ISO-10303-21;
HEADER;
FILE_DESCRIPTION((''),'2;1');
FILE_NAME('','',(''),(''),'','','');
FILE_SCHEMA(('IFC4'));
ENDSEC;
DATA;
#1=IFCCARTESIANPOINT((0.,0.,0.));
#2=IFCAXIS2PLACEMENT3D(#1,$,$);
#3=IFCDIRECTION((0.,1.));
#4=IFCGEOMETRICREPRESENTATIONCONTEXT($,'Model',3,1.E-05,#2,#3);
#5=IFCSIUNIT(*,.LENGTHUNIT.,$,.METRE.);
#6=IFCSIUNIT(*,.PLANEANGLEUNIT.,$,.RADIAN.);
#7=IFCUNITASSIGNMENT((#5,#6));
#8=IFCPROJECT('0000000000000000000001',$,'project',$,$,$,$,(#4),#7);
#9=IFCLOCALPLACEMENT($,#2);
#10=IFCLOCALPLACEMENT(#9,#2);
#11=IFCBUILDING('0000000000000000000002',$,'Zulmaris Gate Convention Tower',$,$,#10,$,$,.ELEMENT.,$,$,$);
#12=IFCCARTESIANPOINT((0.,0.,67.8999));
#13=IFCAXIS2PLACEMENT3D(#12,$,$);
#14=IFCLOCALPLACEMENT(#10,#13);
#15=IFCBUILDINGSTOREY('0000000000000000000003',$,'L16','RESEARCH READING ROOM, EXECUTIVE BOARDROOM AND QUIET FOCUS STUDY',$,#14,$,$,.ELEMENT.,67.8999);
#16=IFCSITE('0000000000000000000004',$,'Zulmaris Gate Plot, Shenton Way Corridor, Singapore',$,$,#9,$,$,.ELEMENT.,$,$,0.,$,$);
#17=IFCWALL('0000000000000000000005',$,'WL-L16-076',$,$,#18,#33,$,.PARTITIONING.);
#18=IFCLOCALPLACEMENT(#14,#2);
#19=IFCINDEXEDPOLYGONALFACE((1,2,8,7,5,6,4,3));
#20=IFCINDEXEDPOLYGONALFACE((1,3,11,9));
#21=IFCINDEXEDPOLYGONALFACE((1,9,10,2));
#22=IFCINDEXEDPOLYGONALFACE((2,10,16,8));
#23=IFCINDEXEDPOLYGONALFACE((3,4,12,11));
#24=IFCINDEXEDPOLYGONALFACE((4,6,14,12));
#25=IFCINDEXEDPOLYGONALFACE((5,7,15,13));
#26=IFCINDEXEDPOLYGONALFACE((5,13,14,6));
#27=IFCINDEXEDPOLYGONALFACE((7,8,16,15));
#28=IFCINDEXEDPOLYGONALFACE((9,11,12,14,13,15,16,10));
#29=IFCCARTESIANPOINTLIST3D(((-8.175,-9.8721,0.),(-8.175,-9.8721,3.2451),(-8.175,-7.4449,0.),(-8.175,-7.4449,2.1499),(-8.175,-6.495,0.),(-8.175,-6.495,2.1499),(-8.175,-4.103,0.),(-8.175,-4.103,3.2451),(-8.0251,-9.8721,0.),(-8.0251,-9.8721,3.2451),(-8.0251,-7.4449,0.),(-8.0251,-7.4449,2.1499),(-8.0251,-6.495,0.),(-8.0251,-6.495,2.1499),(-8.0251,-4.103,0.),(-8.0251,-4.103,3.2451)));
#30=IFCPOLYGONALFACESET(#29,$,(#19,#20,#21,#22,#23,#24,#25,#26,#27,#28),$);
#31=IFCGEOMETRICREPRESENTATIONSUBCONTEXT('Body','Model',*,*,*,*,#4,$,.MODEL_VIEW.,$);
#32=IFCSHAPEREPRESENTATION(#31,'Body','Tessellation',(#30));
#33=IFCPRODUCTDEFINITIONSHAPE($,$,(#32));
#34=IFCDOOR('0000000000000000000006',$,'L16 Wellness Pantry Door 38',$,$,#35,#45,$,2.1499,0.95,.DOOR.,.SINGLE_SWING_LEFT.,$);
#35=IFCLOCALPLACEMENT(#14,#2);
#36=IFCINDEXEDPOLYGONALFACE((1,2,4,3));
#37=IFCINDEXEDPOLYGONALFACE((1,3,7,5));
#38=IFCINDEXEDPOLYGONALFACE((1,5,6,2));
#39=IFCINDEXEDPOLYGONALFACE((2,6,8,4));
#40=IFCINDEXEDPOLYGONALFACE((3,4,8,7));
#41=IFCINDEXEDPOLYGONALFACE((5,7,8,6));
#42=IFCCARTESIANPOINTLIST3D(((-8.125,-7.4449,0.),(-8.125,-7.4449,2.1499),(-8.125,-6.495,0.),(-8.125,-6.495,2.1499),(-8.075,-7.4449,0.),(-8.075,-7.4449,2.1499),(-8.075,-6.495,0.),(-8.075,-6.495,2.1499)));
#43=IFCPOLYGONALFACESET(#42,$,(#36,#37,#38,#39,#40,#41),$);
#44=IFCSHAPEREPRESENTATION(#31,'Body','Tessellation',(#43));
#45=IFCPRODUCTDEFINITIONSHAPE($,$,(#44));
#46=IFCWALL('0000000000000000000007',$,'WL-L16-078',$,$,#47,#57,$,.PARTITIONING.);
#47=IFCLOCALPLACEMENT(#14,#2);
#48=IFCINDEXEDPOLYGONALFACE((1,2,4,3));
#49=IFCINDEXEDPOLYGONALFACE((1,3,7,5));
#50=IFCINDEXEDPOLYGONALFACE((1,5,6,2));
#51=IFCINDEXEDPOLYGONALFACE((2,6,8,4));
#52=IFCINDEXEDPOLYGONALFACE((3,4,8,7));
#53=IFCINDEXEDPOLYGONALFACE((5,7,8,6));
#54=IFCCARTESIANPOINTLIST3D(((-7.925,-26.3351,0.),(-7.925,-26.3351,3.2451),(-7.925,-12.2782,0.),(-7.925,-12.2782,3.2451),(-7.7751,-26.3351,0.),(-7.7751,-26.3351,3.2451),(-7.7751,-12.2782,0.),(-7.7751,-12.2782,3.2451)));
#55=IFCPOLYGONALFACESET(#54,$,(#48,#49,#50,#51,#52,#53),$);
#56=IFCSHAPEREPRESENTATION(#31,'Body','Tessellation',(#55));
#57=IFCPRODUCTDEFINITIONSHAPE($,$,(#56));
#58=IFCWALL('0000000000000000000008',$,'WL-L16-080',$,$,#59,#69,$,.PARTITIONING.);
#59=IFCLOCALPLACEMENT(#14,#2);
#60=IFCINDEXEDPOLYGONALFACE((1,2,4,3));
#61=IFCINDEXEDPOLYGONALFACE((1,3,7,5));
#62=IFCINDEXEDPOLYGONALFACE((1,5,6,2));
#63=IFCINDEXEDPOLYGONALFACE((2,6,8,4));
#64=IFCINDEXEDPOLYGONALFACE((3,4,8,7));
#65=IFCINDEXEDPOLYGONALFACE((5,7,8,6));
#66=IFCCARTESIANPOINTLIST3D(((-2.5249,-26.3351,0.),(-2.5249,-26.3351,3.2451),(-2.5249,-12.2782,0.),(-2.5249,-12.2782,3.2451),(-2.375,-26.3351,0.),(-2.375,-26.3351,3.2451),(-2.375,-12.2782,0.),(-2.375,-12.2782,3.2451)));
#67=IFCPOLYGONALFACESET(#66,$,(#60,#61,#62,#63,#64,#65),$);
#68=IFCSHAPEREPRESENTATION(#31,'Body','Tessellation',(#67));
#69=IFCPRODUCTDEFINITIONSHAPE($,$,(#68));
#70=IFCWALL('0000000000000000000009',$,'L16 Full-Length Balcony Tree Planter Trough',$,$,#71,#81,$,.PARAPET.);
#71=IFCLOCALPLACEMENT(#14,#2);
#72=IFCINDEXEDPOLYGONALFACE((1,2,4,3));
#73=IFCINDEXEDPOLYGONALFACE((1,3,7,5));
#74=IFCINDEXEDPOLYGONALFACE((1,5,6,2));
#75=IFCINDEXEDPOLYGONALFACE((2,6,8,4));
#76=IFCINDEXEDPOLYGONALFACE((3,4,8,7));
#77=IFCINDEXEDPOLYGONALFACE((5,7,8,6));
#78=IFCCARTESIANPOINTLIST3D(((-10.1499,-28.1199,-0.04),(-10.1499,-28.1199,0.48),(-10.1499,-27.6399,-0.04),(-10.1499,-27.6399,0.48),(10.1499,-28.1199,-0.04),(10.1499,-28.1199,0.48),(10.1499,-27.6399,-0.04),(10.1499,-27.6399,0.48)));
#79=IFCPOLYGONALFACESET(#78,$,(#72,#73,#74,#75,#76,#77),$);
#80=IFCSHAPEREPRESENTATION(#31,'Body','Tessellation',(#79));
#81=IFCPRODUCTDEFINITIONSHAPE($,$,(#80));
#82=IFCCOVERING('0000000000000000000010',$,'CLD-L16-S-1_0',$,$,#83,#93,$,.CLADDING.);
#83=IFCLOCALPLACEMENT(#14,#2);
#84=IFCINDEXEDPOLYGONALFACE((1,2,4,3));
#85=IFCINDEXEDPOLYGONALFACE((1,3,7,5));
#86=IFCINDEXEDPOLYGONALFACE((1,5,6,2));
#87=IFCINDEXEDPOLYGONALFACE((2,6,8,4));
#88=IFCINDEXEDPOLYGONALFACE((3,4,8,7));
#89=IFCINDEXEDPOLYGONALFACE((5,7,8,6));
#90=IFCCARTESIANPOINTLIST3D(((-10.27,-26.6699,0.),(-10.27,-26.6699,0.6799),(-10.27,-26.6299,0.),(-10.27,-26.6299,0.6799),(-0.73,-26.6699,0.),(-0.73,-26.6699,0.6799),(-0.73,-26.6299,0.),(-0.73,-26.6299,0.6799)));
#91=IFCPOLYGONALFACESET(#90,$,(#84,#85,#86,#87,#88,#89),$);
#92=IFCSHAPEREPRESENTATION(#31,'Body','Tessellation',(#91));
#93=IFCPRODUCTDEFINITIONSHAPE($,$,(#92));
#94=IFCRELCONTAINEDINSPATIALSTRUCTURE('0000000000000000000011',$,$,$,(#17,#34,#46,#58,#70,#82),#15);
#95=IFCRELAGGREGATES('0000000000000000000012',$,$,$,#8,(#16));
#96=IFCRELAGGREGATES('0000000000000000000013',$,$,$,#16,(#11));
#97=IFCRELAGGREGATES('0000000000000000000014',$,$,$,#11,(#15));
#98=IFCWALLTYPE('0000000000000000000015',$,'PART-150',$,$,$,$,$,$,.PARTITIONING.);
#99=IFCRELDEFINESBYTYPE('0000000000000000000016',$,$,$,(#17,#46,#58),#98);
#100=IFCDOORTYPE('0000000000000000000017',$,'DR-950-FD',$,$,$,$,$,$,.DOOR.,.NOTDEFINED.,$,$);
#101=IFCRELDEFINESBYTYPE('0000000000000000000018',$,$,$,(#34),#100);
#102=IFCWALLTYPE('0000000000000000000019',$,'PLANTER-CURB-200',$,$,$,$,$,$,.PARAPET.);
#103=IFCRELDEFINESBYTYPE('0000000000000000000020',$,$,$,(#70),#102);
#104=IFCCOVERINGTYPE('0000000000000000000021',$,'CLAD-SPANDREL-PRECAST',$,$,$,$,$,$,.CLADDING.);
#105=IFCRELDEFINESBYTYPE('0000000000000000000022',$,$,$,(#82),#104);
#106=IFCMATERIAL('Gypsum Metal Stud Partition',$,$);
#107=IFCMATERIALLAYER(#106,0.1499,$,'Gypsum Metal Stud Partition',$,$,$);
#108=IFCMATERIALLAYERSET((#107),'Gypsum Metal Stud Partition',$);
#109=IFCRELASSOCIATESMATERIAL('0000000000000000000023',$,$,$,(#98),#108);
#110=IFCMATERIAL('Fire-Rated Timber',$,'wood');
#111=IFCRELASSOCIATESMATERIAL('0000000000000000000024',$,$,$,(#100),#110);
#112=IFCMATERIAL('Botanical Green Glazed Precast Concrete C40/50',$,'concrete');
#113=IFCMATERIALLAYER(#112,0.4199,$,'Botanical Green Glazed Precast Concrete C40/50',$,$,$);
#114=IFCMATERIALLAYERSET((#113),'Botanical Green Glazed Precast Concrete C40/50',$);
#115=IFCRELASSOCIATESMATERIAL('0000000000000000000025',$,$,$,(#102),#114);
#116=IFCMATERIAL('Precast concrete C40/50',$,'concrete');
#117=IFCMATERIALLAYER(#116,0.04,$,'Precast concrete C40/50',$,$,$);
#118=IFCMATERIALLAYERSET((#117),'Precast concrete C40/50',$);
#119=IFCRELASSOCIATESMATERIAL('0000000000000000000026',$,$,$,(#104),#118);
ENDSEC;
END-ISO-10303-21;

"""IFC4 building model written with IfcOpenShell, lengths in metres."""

from ifc_helpers import new_model, si_unit, direction, frame, frame_2d, origin, place, context, subcontext, project, spatial, rectangle, extrude, material, layer, layer_set, type_object, element, fill, save


model = new_model("IFC4")

# Units and contexts
model_context = context("Model", 3, precision=1e-05, world=origin(), true_north=direction((0.0, 1.0)))
body_context = subcontext(model_context, "Body", "Model", "MODEL_VIEW")
ifc_project = project(units=[si_unit("LENGTHUNIT", "METRE"), si_unit("PLANEANGLEUNIT", "RADIAN")], contexts=[model_context])

# Site, building, storey
site_placement = place(None, origin())
site = spatial("IfcSite", under=ifc_project, at=site_placement, Name="Zulmaris Gate Plot, Shenton Way Corridor, Singapore", CompositionType="ELEMENT", RefElevation=0.0)
building_placement = place(site_placement, origin())
building = spatial("IfcBuilding", under=site, at=building_placement, Name="Zulmaris Gate Convention Tower", CompositionType="ELEMENT")
storey_placement = place(building_placement, frame((0.0, 0.0, 67.8999)))
storey = spatial("IfcBuildingStorey", under=building, at=storey_placement, Name="L16", Description="RESEARCH READING ROOM, EXECUTIVE BOARDROOM AND QUIET FOCUS STUDY", CompositionType="ELEMENT", Elevation=67.8999)

# Shared definitions
ifc_material_1 = material(Name="Gypsum Metal Stud Partition")
ifc_layer_1 = layer(ifc_material_1, 0.1499, Name="Gypsum Metal Stud Partition")
ifc_layer_set_1 = layer_set([ifc_layer_1], Name="Gypsum Metal Stud Partition")
wall_type_1 = type_object("IfcWallType", Name="PART-150", PredefinedType="PARTITIONING", material=ifc_layer_set_1)
ifc_material_2 = material(Name="Fire-Rated Timber", Category="wood")
door_type_1 = type_object("IfcDoorType", Name="DR-950-FD", OperationType="NOTDEFINED", PredefinedType="DOOR", material=ifc_material_2)

# Wall, opening, door
wall_1_placement = place(storey_placement, frame((-8.1001, -9.8721, 0.0), z_axis=(0.0, 0.0, 1.0), x_axis=(0.0, 1.0, 0.0)))
wall_1 = element("IfcWall", 1, at=wall_1_placement, inside=storey, type_object=wall_type_1, Name="WL-L16-076", PredefinedType="PARTITIONING", context=body_context, shape_type="SweptSolid", body=[
    extrude(rectangle(XDim=5.769, YDim=0.1499, at=frame_2d((2.8845, 0.0))), origin(), (0.0, 0.0, 1.0), 3.2451),
])
opening_1_placement = place(wall_1_placement, frame((2.427, 0.0, 0.0)))
opening_1 = element("IfcOpeningElement", 2, at=opening_1_placement, cuts=wall_1, PredefinedType="OPENING", context=body_context, shape_type="SweptSolid", body=[
    extrude(rectangle(XDim=0.95, YDim=2.1499, at=frame_2d((0.4751, 1.075))), frame((0.0, 0.085, 0.0), z_axis=(0.0, -1.0, 0.0), x_axis=(1.0, 0.0, 0.0)), (0.0, 0.0, 1.0), 0.1699),
])
door_1_placement = place(opening_1_placement, origin())
door_1 = element("IfcDoor", 3, at=door_1_placement, inside=storey, type_object=door_type_1, Name="L16 Wellness Pantry Door 38", OperationType="SINGLE_SWING_LEFT", OverallHeight=2.1499, OverallWidth=0.95, PredefinedType="DOOR", context=body_context, shape_type="SweptSolid", body=[
    extrude(rectangle(XDim=0.95, YDim=2.1499, at=frame_2d((0.4751, 1.075))), frame((0.0, 0.0249, 0.0), z_axis=(0.0, -1.0, 0.0), x_axis=(1.0, 0.0, 0.0)), (0.0, 0.0, 1.0), 0.05),
])
fill(opening_1, door_1)

# Walls
for number, where, z_axis, x_axis, name in (
    (4, (-7.8501, -26.335, 0.0), (0.0, 0.0, 1.0), (0.0, 1.0, 0.0), "WL-L16-078"),
    (5, (-2.45, -26.335, 0.0), (0.0, 0.0, 1.0), (0.0, 1.0, 0.0), "WL-L16-080"),
):
    element("IfcWall", number, at=place(storey_placement, frame(where, z_axis=z_axis, x_axis=x_axis)), inside=storey, type_object=wall_type_1, Name=name, PredefinedType="PARTITIONING", context=body_context, shape_type="SweptSolid", body=[
        extrude(rectangle(XDim=14.0569, YDim=0.1499, at=frame_2d((7.0283, 0.0))), origin(), (0.0, 0.0, 1.0), 3.2451),
    ])
ifc_material_3 = material(Name="Botanical Green Glazed Precast Concrete C40/50", Category="concrete")
ifc_layer_2 = layer(ifc_material_3, 0.4199, Name="Botanical Green Glazed Precast Concrete C40/50")
ifc_layer_set_2 = layer_set([ifc_layer_2], Name="Botanical Green Glazed Precast Concrete C40/50")
wall_type_2 = type_object("IfcWallType", Name="PLANTER-CURB-200", PredefinedType="PARAPET", material=ifc_layer_set_2)
wall_2_placement = place(storey_placement, frame((-10.1499, -27.8799, -0.04), z_axis=(0.0, 0.0, 1.0), x_axis=(1.0, 0.0, 0.0)))
element("IfcWall", 6, at=wall_2_placement, inside=storey, type_object=wall_type_2, Name="L16 Full-Length Balcony Tree Planter Trough", PredefinedType="PARAPET", context=body_context, shape_type="SweptSolid", body=[
    extrude(rectangle(XDim=20.2998, YDim=0.48, at=frame_2d((10.1499, 0.0))), origin(), (0.0, 0.0, 1.0), 0.52),
])

# Shared definitions
ifc_material_4 = material(Name="Precast concrete C40/50", Category="concrete")

# Covering
ifc_layer_3 = layer(ifc_material_4, 0.04, Name="Precast concrete C40/50")
ifc_layer_set_3 = layer_set([ifc_layer_3], Name="Precast concrete C40/50")
covering_type = type_object("IfcCoveringType", Name="CLAD-SPANDREL-PRECAST", PredefinedType="CLADDING", material=ifc_layer_set_3)
covering_placement = place(storey_placement, frame((-10.27, -26.6499, 0.0), z_axis=(0.0, 0.0, 1.0), x_axis=(1.0, 0.0, 0.0)))
element("IfcCovering", 7, at=covering_placement, inside=storey, type_object=covering_type, Name="CLD-L16-S-1_0", PredefinedType="CLADDING", context=body_context, shape_type="SweptSolid", body=[
    extrude(rectangle(XDim=9.54, YDim=0.04, at=frame_2d((4.77, 0.0))), origin(), (0.0, 0.0, 1.0), 0.6799),
])

save(model, "model.ifc")
